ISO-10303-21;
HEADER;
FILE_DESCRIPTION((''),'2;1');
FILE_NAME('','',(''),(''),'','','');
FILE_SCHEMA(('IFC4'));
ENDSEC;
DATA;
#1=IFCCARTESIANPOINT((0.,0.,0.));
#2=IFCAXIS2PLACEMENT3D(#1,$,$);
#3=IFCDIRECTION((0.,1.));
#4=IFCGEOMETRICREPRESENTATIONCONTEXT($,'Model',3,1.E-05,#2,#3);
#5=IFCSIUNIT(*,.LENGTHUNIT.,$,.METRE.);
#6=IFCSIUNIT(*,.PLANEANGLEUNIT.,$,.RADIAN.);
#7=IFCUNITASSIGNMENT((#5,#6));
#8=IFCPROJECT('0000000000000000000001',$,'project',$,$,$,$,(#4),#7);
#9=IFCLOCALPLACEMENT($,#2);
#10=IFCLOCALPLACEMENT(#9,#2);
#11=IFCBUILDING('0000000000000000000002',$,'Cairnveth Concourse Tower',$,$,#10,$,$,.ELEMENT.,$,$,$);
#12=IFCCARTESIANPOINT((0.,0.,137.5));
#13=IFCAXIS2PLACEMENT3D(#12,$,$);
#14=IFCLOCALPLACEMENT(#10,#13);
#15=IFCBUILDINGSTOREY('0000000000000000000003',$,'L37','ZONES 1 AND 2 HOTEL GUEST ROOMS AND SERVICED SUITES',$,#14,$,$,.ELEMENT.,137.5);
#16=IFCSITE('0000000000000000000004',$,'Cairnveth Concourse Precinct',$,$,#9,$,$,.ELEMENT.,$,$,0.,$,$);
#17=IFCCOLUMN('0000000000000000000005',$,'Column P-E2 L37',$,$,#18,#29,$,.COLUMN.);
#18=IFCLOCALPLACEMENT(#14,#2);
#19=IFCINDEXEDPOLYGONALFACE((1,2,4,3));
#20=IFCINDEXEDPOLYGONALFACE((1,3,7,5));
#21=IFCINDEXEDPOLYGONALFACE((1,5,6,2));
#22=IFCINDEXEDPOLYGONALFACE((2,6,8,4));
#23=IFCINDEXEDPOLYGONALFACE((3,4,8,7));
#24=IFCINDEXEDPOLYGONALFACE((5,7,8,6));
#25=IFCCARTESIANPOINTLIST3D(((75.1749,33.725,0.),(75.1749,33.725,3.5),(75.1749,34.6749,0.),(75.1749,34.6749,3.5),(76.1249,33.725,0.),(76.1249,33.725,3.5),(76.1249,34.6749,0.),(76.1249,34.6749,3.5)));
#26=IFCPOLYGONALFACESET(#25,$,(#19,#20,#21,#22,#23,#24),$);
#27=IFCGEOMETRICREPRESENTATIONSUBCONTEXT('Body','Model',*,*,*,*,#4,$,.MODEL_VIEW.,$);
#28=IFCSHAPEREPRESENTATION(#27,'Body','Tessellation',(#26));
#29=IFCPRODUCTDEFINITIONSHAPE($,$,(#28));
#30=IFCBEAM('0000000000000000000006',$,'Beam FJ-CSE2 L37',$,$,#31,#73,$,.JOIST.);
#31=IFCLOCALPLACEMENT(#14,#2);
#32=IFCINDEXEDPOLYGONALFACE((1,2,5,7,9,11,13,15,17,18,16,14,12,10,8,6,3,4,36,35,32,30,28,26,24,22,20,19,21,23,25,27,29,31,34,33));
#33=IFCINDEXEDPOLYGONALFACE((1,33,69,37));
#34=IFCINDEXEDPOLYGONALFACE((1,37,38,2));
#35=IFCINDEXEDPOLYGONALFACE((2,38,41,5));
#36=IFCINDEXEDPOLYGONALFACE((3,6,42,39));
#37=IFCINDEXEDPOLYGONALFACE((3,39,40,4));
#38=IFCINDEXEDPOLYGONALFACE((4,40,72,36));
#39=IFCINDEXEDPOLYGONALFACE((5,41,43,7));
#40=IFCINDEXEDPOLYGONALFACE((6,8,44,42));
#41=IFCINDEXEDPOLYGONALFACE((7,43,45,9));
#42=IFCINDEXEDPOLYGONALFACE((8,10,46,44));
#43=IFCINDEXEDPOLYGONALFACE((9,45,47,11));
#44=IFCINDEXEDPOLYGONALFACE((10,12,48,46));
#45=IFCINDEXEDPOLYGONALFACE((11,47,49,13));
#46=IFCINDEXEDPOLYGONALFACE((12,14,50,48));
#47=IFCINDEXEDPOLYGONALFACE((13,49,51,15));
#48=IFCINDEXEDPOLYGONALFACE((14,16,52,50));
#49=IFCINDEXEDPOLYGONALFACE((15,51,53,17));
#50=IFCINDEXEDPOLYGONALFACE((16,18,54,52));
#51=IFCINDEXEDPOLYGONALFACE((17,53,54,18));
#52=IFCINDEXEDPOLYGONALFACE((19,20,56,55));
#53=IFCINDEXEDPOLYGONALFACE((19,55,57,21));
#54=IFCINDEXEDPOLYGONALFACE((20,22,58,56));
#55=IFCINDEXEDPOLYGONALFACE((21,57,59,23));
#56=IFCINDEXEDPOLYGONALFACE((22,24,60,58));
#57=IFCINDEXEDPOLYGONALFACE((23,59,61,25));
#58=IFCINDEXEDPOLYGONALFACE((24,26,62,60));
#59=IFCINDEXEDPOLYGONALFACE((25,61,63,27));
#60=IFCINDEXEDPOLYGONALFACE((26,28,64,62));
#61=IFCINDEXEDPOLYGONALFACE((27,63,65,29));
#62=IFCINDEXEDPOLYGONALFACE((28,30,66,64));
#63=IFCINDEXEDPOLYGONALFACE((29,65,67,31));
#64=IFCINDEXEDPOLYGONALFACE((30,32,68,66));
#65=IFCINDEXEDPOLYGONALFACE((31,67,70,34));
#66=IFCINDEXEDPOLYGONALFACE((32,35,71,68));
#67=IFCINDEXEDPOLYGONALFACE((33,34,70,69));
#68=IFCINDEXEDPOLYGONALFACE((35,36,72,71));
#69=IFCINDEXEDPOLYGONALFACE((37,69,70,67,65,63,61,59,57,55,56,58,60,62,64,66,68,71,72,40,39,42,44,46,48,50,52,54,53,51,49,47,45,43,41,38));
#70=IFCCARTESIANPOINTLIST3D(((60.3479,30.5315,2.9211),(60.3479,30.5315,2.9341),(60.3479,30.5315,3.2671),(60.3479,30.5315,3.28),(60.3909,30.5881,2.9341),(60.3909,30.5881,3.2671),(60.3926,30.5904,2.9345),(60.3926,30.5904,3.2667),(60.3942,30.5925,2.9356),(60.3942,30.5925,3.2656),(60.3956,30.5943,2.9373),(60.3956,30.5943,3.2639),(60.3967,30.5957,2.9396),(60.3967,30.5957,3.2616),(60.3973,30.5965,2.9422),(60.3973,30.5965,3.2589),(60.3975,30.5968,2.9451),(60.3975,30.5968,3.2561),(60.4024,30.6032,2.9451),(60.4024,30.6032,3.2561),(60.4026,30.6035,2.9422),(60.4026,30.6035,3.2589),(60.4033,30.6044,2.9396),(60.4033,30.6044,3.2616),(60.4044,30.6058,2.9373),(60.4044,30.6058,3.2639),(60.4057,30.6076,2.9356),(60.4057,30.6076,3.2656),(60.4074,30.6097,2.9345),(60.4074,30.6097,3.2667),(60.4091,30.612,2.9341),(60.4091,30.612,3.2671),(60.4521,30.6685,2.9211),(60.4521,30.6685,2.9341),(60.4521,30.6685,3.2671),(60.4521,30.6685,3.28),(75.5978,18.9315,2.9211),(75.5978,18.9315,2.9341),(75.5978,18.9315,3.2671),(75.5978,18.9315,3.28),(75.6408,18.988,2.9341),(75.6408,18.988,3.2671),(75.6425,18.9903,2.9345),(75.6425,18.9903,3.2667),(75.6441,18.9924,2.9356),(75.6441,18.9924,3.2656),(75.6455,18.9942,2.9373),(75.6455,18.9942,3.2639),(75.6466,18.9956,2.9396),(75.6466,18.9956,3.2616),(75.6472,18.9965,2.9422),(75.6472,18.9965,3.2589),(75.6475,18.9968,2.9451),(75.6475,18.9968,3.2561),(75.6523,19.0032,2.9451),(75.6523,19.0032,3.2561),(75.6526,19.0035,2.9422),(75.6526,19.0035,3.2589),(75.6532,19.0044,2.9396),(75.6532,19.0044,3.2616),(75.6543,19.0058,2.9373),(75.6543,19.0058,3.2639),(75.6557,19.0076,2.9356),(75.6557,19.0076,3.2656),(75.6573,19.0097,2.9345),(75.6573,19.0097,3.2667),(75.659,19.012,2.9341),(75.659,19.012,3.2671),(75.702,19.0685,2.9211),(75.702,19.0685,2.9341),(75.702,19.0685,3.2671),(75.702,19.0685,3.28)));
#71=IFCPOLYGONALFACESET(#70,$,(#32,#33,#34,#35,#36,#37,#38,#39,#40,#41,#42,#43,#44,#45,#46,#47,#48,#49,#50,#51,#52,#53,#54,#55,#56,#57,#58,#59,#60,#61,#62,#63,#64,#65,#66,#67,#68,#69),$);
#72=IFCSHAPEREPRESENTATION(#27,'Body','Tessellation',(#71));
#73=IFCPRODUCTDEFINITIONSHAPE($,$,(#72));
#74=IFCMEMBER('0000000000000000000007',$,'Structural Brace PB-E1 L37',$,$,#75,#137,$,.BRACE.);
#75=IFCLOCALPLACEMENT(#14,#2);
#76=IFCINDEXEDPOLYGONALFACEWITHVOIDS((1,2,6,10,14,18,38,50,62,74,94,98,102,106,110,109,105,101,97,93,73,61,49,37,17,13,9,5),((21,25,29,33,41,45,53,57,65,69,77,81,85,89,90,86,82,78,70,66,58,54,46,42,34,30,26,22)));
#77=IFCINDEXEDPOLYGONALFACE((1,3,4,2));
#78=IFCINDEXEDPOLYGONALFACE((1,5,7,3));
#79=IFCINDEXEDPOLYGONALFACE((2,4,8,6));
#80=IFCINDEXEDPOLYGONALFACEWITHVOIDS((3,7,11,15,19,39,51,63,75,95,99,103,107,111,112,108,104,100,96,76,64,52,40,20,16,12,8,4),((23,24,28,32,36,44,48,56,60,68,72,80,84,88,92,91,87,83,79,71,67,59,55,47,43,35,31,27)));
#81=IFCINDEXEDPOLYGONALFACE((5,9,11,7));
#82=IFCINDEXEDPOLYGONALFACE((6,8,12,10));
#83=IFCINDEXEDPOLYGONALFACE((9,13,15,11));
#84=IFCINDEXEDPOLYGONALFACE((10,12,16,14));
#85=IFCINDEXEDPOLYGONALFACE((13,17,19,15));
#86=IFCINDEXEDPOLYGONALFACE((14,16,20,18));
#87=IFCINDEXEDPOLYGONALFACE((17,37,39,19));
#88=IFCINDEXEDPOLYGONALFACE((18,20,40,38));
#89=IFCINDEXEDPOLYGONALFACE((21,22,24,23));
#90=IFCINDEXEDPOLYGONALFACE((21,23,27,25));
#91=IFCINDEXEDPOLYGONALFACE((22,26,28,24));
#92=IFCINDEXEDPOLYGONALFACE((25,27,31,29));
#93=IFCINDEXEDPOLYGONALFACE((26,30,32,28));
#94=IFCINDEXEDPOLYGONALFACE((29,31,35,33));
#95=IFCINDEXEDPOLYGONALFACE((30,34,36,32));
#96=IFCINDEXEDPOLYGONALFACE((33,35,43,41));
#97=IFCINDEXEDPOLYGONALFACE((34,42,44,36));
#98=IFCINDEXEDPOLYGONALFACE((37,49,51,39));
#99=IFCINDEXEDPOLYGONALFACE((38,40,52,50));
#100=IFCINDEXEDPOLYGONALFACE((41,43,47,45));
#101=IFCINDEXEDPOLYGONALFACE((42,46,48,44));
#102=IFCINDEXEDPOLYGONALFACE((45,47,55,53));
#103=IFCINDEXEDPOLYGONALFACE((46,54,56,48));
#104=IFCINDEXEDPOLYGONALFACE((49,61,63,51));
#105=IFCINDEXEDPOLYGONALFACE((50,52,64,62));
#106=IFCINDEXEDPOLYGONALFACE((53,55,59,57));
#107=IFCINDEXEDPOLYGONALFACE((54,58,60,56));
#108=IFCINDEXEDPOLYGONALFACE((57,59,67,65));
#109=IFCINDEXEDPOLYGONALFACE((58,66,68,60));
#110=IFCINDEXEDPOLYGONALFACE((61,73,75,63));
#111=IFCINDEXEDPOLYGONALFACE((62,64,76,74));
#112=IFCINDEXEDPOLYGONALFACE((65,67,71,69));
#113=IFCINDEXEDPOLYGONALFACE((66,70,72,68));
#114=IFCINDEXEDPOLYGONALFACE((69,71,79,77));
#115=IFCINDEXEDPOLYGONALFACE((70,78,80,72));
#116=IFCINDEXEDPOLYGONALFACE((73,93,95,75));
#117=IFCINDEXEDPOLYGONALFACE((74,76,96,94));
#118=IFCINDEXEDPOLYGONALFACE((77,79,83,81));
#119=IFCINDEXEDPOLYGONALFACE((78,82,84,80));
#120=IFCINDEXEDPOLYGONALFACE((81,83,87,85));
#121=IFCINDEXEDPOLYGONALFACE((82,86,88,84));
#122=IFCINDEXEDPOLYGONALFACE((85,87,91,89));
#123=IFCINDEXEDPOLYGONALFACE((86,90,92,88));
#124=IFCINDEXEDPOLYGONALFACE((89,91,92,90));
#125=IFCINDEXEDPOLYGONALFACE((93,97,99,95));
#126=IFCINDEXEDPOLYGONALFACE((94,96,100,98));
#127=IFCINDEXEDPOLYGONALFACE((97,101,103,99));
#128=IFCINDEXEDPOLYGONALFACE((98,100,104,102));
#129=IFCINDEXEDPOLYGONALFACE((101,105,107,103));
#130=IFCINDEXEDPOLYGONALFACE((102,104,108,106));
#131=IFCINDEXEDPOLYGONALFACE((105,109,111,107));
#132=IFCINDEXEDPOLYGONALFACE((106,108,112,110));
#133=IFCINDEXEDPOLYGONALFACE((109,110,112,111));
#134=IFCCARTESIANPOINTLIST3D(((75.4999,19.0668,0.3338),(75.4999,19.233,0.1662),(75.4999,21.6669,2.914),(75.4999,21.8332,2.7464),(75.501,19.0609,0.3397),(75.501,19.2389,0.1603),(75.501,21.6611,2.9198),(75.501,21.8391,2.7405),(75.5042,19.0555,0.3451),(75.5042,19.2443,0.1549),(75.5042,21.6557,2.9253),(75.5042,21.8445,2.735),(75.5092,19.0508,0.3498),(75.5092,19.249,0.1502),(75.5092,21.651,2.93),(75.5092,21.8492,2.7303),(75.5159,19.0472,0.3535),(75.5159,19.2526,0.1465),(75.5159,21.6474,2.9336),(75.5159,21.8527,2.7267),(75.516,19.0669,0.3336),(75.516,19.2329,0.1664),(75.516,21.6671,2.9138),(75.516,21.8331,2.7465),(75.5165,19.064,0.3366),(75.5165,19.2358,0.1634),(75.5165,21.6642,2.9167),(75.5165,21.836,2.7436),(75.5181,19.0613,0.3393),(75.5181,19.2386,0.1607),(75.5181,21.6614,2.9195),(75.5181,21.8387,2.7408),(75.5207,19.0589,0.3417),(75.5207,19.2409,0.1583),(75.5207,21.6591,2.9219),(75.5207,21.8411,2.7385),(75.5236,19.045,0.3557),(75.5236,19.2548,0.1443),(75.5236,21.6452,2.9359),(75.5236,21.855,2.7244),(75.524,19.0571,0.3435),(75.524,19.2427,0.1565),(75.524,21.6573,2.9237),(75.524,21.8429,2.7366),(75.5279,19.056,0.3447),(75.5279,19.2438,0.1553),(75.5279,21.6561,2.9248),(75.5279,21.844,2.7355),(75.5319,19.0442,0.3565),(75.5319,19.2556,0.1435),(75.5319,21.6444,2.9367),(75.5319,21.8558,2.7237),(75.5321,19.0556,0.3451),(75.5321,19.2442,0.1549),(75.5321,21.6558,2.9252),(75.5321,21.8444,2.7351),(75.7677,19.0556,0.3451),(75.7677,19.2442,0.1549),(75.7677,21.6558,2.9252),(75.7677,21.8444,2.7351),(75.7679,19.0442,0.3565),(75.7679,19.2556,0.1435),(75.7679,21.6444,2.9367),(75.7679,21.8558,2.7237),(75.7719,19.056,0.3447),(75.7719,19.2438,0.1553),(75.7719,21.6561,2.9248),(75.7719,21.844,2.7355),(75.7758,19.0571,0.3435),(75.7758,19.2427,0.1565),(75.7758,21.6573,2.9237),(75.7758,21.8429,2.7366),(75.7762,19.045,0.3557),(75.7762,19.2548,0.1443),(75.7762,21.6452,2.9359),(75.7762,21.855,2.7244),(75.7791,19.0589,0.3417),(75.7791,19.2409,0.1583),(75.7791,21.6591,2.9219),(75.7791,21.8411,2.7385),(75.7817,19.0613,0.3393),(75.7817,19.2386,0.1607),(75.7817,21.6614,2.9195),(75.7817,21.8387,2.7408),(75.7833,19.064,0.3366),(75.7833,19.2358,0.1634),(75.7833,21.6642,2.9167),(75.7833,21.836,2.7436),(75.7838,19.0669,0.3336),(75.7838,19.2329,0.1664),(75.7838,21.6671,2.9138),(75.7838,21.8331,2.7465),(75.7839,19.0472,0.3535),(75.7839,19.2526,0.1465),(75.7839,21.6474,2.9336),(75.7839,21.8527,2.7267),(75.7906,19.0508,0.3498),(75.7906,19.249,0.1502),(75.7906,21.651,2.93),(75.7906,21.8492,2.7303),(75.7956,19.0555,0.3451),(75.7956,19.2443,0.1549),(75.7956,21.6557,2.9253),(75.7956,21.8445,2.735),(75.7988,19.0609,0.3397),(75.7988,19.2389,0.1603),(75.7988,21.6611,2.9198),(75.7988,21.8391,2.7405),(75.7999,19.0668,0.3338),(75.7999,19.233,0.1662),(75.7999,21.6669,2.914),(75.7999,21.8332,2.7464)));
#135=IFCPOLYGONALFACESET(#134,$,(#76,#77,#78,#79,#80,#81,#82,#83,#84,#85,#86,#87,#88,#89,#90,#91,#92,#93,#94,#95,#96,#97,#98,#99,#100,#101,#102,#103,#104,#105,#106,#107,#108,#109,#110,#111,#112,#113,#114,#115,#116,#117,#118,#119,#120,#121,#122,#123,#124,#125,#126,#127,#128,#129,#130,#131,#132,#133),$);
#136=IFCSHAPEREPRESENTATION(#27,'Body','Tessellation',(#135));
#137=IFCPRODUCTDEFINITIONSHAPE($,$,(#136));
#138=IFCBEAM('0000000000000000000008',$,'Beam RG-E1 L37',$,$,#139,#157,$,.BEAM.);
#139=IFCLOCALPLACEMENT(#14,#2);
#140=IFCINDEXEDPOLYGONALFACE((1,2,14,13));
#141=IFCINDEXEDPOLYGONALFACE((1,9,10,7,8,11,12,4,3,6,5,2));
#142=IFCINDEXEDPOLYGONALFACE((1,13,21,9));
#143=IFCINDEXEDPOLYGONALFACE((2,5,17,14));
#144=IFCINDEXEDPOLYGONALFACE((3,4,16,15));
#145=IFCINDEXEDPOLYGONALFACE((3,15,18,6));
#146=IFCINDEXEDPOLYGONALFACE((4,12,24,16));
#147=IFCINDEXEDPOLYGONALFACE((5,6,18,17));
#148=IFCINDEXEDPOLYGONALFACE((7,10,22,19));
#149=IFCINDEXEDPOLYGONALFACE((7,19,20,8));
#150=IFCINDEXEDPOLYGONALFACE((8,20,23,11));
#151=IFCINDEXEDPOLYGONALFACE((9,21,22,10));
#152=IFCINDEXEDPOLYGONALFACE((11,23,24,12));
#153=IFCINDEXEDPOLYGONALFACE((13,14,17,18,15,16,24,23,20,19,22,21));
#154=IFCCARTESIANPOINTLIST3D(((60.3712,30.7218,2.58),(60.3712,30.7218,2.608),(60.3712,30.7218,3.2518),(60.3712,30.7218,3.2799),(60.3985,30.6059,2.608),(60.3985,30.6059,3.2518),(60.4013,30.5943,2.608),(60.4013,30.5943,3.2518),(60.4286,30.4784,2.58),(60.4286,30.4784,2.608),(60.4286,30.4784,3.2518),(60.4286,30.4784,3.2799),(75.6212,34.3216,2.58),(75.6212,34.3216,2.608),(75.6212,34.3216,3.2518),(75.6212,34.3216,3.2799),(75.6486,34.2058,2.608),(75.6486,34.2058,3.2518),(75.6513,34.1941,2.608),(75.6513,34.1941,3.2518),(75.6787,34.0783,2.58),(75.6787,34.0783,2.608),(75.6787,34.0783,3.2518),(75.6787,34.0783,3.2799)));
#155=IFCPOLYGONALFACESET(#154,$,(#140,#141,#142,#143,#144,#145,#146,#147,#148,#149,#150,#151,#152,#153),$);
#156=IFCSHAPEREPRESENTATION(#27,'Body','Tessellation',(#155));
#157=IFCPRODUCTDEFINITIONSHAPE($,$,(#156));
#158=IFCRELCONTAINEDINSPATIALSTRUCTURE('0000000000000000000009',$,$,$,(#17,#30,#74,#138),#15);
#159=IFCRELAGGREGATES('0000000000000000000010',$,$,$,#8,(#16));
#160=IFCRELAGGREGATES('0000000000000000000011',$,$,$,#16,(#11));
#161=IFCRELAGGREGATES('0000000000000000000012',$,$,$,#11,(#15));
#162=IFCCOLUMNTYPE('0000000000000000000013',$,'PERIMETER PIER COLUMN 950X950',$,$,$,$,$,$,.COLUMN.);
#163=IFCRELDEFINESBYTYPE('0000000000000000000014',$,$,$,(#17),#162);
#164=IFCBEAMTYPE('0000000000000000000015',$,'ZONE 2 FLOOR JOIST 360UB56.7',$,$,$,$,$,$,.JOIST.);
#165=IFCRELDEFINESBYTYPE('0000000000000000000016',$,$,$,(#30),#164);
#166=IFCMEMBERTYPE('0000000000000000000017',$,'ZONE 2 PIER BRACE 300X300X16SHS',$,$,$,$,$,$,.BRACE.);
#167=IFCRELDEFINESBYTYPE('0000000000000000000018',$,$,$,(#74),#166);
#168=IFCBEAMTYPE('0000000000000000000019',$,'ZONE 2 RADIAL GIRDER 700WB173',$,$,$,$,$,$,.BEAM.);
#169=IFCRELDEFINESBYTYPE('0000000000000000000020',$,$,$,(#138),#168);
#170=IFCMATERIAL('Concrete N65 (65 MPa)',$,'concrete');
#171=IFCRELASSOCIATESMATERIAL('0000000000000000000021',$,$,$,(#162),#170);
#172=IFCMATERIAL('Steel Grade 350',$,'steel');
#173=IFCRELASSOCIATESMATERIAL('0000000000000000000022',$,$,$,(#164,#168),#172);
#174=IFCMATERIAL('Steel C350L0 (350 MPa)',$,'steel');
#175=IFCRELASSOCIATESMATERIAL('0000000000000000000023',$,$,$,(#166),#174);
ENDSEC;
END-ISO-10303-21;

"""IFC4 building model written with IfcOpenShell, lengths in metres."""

from ifc_helpers import new_model, si_unit, direction, frame, origin, origin_2d, place, context, subcontext, project, spatial, rectangle, hollow_rectangle, i_section, extrude, material, material_profile, profile_set, type_object, element, save


model = new_model("IFC4")

# Units and contexts
model_context = context("Model", 3, precision=1e-05, world=origin(), true_north=direction((0.0, 1.0)))
body_context = subcontext(model_context, "Body", "Model", "MODEL_VIEW")
ifc_project = project(units=[si_unit("LENGTHUNIT", "METRE"), si_unit("PLANEANGLEUNIT", "RADIAN")], contexts=[model_context])

# Site, building, storey
site_placement = place(None, origin())
site = spatial("IfcSite", under=ifc_project, at=site_placement, Name="Cairnveth Concourse Precinct", CompositionType="ELEMENT", RefElevation=0.0)
building_placement = place(site_placement, origin())
building = spatial("IfcBuilding", under=site, at=building_placement, Name="Cairnveth Concourse Tower", CompositionType="ELEMENT")
storey_placement = place(building_placement, frame((0.0, 0.0, 137.5)))
storey = spatial("IfcBuildingStorey", under=building, at=storey_placement, Name="L37", Description="ZONES 1 AND 2 HOTEL GUEST ROOMS AND SERVICED SUITES", CompositionType="ELEMENT", Elevation=137.5)

# Column
ifc_material_1 = material(Name="Concrete N65 (65 MPa)", Category="concrete")
ifc_material_profile_1 = material_profile(ifc_material_1, rectangle(XDim=0.95, YDim=0.95, at=origin_2d()), Name="RC-COL-950x950")
ifc_profile_set_1 = profile_set([ifc_material_profile_1], Name="Concrete N65 (65 MPa)")
column_type = type_object("IfcColumnType", Name="PERIMETER PIER COLUMN 950X950", PredefinedType="COLUMN", material=ifc_profile_set_1)
column_placement = place(storey_placement, frame((75.6499, 34.2, 0.0), z_axis=(0.0, 0.0, 1.0), x_axis=(0.0, 1.0, 0.0)))
element("IfcColumn", 1, at=column_placement, inside=storey, type_object=column_type, Name="Column P-E2 L37", PredefinedType="COLUMN", context=body_context, shape_type="SweptSolid", body=[
    extrude(rectangle(XDim=0.95, YDim=0.95, at=origin_2d()), origin(), (0.0, 0.0, 1.0), 3.5),
])

# Beam
ifc_material_2 = material(Name="Steel Grade 350", Category="steel")
ifc_material_profile_2 = material_profile(ifc_material_2, i_section(OverallWidth=0.1721, OverallDepth=0.3589, WebThickness=0.0081, FlangeThickness=0.0129, FilletRadius=0.011, at=origin_2d()), Name="360UB56.7")
ifc_profile_set_2 = profile_set([ifc_material_profile_2], Name="Steel Grade 350")
beam_type_1 = type_object("IfcBeamType", Name="ZONE 2 FLOOR JOIST 360UB56.7", PredefinedType="JOIST", material=ifc_profile_set_2)
beam_1_placement = place(storey_placement, frame((75.6499, 19.0, 3.1006), z_axis=(-0.795908, 0.605417, 0.0), x_axis=(-0.605417, -0.795908, 0.0)))
element("IfcBeam", 2, at=beam_1_placement, inside=storey, type_object=beam_type_1, Name="Beam FJ-CSE2 L37", PredefinedType="JOIST", context=body_context, shape_type="SweptSolid", body=[
    extrude(i_section(OverallWidth=0.1721, OverallDepth=0.3589, WebThickness=0.0081, FlangeThickness=0.0129, FilletRadius=0.011, at=origin_2d()), origin(), (0.0, 0.0, 1.0), 19.1604),
])

# Member
ifc_material_3 = material(Name="Steel C350L0 (350 MPa)", Category="steel")
ifc_material_profile_3 = material_profile(ifc_material_3, hollow_rectangle(XDim=0.3, YDim=0.3, WallThickness=0.0161, InnerFilletRadius=0.0161, OuterFilletRadius=0.032, at=origin_2d()), Name="300x300x16.0SHS")
ifc_profile_set_3 = profile_set([ifc_material_profile_3], Name="Steel C350L0 (350 MPa)")
member_type = type_object("IfcMemberType", Name="ZONE 2 PIER BRACE 300X300X16SHS", PredefinedType="BRACE", material=ifc_profile_set_3)
member_placement = place(storey_placement, frame((75.6499, 19.1499, 0.25), z_axis=(0.0, 0.709834, 0.704369), x_axis=(-1.0, 0.0, 0.0)))
element("IfcMember", 3, at=member_placement, inside=storey, type_object=member_type, Name="Structural Brace PB-E1 L37", PredefinedType="BRACE", context=body_context, shape_type="SweptSolid", body=[
    extrude(hollow_rectangle(XDim=0.3, YDim=0.3, WallThickness=0.0161, InnerFilletRadius=0.0161, OuterFilletRadius=0.032, at=origin_2d()), origin(), (0.0, 0.0, 1.0), 3.6631),
])

# Beam
ifc_material_profile_4 = material_profile(ifc_material_2, i_section(OverallWidth=0.25, OverallDepth=0.7, WebThickness=0.012, FlangeThickness=0.0281, at=origin_2d()), Name="700WB173")
ifc_profile_set_4 = profile_set([ifc_material_profile_4], Name="Steel Grade 350")
beam_type_2 = type_object("IfcBeamType", Name="ZONE 2 RADIAL GIRDER 700WB173", PredefinedType="BEAM", material=ifc_profile_set_4)
beam_2_placement = place(storey_placement, frame((60.3999, 30.6001, 2.9299), z_axis=(0.973252, 0.229742, 0.0), x_axis=(-0.229742, 0.973252, 0.0)))
element("IfcBeam", 4, at=beam_2_placement, inside=storey, type_object=beam_type_2, Name="Beam RG-E1 L37", PredefinedType="BEAM", context=body_context, shape_type="SweptSolid", body=[
    extrude(i_section(OverallWidth=0.25, OverallDepth=0.7, WebThickness=0.012, FlangeThickness=0.0281, at=origin_2d()), origin(), (0.0, 0.0, 1.0), 15.6692),
])

save(model, "model.ifc")
